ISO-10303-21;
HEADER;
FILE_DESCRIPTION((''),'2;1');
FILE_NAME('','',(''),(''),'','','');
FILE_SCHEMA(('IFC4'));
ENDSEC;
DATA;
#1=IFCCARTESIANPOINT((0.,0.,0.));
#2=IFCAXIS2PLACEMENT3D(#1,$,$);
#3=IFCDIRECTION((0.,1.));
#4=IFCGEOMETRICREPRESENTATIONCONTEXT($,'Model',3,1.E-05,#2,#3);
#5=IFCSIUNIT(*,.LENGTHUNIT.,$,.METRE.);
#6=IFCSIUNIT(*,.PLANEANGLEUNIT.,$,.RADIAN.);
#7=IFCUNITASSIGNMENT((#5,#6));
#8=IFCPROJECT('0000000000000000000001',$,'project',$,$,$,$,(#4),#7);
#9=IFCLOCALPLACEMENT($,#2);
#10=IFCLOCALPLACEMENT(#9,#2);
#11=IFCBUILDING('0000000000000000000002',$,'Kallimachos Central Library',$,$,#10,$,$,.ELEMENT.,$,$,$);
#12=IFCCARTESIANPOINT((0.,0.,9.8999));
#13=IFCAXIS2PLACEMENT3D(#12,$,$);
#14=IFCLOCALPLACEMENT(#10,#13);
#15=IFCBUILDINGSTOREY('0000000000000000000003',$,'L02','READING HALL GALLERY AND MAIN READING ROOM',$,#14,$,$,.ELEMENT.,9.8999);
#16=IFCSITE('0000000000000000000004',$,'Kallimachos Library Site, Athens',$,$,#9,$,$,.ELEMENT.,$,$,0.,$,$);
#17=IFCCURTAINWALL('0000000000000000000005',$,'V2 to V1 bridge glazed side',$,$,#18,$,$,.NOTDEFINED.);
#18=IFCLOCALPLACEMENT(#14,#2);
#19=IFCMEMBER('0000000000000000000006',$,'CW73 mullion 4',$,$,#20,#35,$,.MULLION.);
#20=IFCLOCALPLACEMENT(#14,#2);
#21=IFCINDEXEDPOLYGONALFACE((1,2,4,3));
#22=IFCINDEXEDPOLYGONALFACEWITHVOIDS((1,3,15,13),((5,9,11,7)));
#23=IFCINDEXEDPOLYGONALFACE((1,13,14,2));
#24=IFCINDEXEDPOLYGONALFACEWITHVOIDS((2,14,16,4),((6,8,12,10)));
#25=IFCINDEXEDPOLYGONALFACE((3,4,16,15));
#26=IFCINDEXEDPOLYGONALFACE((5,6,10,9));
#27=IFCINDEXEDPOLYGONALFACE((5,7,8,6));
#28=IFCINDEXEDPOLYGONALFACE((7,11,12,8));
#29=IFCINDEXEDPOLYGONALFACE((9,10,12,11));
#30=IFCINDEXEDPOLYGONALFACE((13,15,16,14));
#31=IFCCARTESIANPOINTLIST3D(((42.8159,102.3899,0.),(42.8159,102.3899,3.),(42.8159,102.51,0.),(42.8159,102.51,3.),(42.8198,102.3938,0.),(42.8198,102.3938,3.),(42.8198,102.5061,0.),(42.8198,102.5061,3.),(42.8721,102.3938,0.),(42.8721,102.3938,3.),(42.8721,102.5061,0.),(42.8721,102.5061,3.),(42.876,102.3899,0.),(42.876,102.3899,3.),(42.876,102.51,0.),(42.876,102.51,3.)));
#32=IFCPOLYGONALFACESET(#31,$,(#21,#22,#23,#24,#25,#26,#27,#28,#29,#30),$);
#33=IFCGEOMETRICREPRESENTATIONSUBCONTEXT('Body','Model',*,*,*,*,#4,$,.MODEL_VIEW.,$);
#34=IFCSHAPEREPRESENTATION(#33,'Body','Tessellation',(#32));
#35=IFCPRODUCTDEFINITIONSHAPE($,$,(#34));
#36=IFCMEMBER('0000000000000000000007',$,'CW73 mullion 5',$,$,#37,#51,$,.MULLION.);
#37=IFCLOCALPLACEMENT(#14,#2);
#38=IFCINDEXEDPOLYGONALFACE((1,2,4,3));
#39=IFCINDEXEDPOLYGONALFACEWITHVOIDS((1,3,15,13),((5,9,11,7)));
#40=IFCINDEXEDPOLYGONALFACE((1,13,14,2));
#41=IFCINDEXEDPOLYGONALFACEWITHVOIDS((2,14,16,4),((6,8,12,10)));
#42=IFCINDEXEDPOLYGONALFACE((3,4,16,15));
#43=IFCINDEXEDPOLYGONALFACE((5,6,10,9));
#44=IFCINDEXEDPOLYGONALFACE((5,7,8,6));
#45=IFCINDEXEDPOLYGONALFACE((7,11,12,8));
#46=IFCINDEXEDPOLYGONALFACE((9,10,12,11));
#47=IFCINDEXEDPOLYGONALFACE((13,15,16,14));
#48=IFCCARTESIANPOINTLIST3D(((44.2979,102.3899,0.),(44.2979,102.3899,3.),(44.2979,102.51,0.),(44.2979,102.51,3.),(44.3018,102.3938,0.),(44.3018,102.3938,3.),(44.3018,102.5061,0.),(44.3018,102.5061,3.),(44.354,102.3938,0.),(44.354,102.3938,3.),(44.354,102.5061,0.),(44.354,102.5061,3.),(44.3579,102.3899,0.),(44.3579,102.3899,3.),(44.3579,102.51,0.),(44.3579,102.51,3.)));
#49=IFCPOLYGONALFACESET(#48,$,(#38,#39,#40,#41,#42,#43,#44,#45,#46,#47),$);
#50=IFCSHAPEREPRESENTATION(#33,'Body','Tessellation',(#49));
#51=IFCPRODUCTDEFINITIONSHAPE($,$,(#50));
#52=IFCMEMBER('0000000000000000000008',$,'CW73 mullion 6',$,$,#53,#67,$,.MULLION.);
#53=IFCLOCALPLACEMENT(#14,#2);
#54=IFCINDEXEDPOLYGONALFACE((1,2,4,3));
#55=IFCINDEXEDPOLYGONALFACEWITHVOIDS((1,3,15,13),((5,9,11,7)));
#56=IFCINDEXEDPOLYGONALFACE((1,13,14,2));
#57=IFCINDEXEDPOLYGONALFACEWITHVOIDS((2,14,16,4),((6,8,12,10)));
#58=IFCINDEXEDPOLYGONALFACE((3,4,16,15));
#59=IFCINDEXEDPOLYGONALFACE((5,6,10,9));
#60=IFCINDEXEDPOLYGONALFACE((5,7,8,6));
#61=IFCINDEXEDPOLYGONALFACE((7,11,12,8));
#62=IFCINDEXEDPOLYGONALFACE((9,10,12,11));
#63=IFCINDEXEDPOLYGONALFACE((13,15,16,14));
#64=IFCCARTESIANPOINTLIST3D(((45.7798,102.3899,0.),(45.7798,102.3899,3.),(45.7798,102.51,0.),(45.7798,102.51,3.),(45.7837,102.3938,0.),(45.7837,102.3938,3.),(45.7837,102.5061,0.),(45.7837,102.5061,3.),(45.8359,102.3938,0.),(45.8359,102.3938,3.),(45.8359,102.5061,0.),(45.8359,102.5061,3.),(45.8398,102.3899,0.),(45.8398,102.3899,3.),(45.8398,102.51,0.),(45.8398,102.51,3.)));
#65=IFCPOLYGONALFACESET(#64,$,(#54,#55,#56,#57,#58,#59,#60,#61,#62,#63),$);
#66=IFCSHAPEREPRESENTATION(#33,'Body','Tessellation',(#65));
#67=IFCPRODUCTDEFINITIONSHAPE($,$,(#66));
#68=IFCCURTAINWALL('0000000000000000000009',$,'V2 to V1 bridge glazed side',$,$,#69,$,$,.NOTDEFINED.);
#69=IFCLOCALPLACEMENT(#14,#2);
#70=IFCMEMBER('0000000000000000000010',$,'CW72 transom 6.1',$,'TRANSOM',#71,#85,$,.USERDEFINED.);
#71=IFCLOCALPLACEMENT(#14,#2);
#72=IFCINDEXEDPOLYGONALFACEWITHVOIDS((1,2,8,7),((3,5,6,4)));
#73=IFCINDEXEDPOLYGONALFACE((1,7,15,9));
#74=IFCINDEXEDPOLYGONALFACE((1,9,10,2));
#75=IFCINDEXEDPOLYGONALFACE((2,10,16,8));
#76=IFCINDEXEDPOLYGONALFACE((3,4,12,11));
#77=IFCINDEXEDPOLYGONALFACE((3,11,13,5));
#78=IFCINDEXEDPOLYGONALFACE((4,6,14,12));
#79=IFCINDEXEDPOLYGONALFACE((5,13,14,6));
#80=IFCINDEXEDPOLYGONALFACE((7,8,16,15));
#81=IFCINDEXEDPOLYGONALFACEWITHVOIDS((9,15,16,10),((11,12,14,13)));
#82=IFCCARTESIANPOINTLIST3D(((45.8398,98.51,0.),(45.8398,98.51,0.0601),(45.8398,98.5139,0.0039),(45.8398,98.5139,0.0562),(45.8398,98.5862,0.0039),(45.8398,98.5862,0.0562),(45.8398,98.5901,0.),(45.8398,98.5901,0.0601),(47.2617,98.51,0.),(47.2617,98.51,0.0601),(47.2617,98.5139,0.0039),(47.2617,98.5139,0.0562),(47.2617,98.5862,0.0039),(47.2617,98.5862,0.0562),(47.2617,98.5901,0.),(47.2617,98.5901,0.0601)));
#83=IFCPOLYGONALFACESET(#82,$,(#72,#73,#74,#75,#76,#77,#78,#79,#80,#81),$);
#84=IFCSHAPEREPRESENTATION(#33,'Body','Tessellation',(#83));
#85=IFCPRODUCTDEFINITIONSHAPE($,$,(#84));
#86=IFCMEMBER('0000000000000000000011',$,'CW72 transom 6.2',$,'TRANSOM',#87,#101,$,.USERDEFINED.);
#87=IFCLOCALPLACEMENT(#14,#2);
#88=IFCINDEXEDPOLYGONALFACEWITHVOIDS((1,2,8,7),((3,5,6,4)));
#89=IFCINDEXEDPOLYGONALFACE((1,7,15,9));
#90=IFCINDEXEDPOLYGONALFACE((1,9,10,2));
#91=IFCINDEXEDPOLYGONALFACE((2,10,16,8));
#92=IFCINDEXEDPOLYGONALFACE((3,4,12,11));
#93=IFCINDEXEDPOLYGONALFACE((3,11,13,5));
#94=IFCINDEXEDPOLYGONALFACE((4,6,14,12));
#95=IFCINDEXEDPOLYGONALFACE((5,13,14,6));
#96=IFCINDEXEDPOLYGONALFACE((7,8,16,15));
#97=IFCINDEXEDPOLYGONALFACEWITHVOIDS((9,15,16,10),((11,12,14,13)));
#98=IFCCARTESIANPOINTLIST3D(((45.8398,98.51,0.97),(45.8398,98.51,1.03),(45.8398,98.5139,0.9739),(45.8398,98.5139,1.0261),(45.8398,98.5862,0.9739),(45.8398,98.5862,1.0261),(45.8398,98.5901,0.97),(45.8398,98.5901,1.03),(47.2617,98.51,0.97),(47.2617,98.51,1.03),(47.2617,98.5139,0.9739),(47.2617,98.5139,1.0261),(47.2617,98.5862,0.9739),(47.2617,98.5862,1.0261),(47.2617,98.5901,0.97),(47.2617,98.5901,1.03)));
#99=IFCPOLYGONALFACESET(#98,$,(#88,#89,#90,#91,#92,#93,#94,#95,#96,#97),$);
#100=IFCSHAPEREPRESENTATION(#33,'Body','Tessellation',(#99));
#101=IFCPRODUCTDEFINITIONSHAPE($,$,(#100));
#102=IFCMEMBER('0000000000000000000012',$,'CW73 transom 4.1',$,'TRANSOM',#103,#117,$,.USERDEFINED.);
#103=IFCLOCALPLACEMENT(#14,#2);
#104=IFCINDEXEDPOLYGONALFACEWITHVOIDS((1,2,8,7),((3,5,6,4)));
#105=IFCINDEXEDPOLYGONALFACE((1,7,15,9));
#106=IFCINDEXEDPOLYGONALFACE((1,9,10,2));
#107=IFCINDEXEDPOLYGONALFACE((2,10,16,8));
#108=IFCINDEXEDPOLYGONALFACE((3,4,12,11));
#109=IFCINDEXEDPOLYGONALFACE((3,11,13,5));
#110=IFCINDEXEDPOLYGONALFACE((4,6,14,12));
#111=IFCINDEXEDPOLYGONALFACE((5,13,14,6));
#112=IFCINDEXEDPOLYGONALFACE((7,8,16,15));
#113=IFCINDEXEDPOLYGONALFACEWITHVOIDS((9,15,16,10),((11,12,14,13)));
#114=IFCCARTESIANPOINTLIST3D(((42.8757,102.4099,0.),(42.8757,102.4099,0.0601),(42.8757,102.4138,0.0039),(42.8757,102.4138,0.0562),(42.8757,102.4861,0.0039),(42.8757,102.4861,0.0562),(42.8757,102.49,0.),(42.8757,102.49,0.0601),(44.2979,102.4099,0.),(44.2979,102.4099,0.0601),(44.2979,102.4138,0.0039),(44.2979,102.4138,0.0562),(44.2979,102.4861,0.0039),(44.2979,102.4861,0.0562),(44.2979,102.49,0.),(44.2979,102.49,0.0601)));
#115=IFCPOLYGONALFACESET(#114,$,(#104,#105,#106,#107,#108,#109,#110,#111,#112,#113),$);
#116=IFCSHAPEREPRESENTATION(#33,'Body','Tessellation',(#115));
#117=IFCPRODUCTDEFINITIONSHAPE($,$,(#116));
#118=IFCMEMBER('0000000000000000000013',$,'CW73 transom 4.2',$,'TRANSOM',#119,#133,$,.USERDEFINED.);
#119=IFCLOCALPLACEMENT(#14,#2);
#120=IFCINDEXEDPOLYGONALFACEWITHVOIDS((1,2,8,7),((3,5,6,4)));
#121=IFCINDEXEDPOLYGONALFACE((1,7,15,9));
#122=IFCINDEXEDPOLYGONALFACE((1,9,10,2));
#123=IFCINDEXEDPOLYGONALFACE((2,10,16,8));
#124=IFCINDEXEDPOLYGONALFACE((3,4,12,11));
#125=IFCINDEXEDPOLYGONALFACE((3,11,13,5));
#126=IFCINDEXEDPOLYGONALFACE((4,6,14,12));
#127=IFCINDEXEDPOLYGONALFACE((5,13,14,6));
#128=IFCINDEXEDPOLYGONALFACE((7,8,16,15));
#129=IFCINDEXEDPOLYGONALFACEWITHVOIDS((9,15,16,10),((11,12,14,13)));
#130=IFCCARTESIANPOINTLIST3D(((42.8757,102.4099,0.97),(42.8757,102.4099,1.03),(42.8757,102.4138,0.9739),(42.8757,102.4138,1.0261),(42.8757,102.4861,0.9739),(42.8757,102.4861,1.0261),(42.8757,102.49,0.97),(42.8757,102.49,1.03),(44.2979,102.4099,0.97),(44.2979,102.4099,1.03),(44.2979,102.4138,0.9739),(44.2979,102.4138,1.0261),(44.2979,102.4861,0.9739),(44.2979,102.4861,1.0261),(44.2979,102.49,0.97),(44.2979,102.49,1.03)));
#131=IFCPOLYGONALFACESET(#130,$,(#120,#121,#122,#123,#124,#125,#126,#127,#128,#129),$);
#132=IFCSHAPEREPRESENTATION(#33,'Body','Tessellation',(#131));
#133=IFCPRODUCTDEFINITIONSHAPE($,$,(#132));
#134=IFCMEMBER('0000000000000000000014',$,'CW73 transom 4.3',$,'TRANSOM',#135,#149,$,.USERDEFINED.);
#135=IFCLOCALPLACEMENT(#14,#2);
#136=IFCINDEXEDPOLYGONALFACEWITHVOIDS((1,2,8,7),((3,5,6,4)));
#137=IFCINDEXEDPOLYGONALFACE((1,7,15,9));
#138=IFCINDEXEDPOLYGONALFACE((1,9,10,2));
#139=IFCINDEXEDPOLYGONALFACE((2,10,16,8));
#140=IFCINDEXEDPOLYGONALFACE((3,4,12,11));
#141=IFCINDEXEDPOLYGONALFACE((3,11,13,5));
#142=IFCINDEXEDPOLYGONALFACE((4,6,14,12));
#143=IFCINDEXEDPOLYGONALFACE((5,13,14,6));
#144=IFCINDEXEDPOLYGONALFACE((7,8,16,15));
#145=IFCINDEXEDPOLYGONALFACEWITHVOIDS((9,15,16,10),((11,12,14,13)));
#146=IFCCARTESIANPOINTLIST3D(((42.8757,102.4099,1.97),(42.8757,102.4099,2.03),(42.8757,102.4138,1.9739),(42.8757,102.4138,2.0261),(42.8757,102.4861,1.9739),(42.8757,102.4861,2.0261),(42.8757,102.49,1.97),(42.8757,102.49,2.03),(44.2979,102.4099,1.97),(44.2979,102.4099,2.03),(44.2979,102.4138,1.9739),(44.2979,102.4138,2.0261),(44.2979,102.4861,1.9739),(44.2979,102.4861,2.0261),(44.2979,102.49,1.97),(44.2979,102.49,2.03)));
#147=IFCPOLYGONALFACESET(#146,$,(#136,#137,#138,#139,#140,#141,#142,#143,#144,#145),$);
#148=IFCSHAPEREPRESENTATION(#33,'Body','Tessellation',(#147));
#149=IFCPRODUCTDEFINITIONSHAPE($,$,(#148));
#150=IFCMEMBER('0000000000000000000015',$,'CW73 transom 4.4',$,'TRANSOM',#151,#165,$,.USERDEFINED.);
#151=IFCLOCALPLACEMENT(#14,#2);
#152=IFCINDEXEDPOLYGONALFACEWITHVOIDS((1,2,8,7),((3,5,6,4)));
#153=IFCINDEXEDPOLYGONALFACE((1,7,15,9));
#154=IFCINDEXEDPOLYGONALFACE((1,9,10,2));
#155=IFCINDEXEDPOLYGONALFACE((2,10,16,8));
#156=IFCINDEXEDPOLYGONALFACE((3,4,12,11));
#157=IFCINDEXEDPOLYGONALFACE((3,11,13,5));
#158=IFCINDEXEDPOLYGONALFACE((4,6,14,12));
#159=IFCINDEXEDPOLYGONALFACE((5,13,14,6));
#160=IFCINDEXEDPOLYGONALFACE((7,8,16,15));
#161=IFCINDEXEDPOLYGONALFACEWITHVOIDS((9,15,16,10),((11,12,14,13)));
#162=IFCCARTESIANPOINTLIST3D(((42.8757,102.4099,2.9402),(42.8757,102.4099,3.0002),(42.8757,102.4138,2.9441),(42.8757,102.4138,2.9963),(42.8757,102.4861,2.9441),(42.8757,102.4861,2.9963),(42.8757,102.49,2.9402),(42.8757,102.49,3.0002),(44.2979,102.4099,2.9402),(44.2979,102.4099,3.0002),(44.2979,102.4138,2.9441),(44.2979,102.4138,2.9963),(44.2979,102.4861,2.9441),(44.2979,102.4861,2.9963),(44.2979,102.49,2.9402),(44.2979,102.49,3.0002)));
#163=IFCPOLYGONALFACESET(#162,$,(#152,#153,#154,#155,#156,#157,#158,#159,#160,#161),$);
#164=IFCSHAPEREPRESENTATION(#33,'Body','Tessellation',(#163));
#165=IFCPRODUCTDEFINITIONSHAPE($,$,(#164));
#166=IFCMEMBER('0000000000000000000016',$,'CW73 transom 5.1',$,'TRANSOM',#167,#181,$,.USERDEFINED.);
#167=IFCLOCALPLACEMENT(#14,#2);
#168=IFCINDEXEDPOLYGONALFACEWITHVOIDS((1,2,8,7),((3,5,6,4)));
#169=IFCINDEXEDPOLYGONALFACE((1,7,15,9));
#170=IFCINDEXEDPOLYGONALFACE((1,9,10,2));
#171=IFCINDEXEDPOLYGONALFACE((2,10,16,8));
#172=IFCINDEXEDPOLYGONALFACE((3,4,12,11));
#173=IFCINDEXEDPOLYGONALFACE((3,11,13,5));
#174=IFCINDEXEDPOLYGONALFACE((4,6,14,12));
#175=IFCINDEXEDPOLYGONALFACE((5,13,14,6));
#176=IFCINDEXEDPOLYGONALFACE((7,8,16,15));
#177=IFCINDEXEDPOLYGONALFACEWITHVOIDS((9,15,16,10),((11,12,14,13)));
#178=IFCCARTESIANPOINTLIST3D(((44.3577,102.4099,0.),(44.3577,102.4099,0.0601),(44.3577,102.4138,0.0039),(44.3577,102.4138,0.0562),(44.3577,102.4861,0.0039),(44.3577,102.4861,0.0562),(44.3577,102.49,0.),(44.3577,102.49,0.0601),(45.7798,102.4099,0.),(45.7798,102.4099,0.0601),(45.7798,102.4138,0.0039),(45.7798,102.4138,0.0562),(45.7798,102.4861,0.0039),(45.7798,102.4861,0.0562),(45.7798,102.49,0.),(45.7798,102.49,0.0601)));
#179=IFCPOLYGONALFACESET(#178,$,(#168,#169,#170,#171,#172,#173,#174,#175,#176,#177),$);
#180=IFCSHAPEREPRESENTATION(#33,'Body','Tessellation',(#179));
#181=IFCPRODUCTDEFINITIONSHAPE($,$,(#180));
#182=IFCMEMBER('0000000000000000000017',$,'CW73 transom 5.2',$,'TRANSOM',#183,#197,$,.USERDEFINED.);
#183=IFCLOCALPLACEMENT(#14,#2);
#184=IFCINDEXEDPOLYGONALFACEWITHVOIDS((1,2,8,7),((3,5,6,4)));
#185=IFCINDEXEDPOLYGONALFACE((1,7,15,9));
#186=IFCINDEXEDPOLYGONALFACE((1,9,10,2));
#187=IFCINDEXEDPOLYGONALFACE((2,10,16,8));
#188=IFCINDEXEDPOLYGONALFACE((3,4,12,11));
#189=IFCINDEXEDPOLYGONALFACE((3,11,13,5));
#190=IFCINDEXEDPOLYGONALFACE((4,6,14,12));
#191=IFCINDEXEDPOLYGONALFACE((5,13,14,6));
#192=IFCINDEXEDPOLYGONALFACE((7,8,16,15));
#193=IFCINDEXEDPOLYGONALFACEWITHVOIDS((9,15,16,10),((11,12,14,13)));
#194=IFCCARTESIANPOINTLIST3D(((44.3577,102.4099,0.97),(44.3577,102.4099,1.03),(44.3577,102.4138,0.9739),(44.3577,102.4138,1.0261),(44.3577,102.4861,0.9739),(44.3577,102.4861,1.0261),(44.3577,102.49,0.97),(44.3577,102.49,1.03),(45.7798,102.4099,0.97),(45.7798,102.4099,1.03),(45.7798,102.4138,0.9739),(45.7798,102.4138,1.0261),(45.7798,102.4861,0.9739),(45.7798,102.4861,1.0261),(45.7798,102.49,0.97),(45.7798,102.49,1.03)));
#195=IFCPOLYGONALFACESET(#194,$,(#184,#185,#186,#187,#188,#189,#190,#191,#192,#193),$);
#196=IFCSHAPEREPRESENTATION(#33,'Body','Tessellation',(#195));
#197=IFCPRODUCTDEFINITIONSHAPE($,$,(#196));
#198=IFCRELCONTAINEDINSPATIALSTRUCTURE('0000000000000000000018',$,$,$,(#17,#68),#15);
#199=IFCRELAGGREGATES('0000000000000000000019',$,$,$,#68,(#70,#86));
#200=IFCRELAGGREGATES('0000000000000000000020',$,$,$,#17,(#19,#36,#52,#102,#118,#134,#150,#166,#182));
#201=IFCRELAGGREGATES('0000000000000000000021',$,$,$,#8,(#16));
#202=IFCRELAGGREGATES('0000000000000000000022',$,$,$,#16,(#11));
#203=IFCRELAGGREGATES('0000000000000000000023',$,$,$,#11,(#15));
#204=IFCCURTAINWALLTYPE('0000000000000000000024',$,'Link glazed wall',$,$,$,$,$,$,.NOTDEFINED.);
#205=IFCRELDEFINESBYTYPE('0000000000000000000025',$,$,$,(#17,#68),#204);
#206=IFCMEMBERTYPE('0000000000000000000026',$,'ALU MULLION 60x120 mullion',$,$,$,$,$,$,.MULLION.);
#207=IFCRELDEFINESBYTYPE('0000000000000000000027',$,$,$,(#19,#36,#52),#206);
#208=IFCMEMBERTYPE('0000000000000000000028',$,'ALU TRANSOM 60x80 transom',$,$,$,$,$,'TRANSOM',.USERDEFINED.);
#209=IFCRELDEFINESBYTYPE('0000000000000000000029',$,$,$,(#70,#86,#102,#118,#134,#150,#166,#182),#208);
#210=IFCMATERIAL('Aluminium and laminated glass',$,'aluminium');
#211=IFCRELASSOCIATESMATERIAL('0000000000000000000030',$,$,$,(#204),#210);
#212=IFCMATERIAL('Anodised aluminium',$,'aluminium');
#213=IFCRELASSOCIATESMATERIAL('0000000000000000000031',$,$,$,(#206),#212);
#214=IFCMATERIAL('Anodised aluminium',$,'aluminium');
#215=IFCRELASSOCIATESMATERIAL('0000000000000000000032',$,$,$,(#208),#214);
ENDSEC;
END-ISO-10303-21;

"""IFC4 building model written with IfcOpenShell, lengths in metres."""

from ifc_helpers import new_model, si_unit, direction, frame, origin, origin_2d, place, context, subcontext, project, spatial, hollow_rectangle, extrude, material, material_profile, profile_set, type_object, element, aggregate, save


model = new_model("IFC4")

# Units and contexts
model_context = context("Model", 3, precision=1e-05, world=origin(), true_north=direction((0.0, 1.0)))
body_context = subcontext(model_context, "Body", "Model", "MODEL_VIEW")
ifc_project = project(units=[si_unit("LENGTHUNIT", "METRE"), si_unit("PLANEANGLEUNIT", "RADIAN")], contexts=[model_context])

# Site, building, storey
site_placement = place(None, origin())
site = spatial("IfcSite", under=ifc_project, at=site_placement, Name="Kallimachos Library Site, Athens", CompositionType="ELEMENT", RefElevation=0.0)
building_placement = place(site_placement, origin())
building = spatial("IfcBuilding", under=site, at=building_placement, Name="Kallimachos Central Library", CompositionType="ELEMENT")
storey_placement = place(building_placement, frame((0.0, 0.0, 9.8999)))
storey = spatial("IfcBuildingStorey", under=building, at=storey_placement, Name="L02", Description="READING HALL GALLERY AND MAIN READING ROOM", CompositionType="ELEMENT", Elevation=9.8999)

# Curtain walls, members
ifc_material_1 = material(Name="Aluminium and laminated glass", Category="aluminium")
curtain_wall_type = type_object("IfcCurtainWallType", Name="Link glazed wall", PredefinedType="NOTDEFINED", material=ifc_material_1)
curtain_wall_1_placement = place(storey_placement, origin())
curtain_wall_1 = element("IfcCurtainWall", 1, at=curtain_wall_1_placement, inside=storey, type_object=curtain_wall_type, Name="V2 to V1 bridge glazed side", PredefinedType="NOTDEFINED")
ifc_material_2 = material(Name="Anodised aluminium", Category="aluminium")
ifc_material_profile_1 = material_profile(ifc_material_2, hollow_rectangle(XDim=0.0601, YDim=0.1201, WallThickness=0.0039, at=origin_2d()), Name="ALU MULLION 60x120")
ifc_profile_set_1 = profile_set([ifc_material_profile_1], Name="Anodised aluminium")
member_type_1 = type_object("IfcMemberType", Name="ALU MULLION 60x120 mullion", PredefinedType="MULLION", material=ifc_profile_set_1)
member_1_placement = place(storey_placement, frame((42.8459, 102.45, 0.0), z_axis=(0.0, 0.0, 1.0), x_axis=(1.0, 0.0, 0.0)))
member_1 = element("IfcMember", 2, at=member_1_placement, type_object=member_type_1, Name="CW73 mullion 4", PredefinedType="MULLION", context=body_context, shape_type="SweptSolid", body=[
    extrude(hollow_rectangle(XDim=0.0601, YDim=0.1201, WallThickness=0.0039, at=origin_2d()), origin(), (0.0, 0.0, 1.0), 3.0),
])
member_2_placement = place(storey_placement, frame((44.3279, 102.45, 0.0), z_axis=(0.0, 0.0, 1.0), x_axis=(1.0, 0.0, 0.0)))
member_2 = element("IfcMember", 3, at=member_2_placement, type_object=member_type_1, Name="CW73 mullion 5", PredefinedType="MULLION", context=body_context, shape_type="SweptSolid", body=[
    extrude(hollow_rectangle(XDim=0.0601, YDim=0.1201, WallThickness=0.0039, at=origin_2d()), origin(), (0.0, 0.0, 1.0), 3.0),
])
member_3_placement = place(storey_placement, frame((45.8098, 102.45, 0.0), z_axis=(0.0, 0.0, 1.0), x_axis=(1.0, 0.0, 0.0)))
member_3 = element("IfcMember", 4, at=member_3_placement, type_object=member_type_1, Name="CW73 mullion 6", PredefinedType="MULLION", context=body_context, shape_type="SweptSolid", body=[
    extrude(hollow_rectangle(XDim=0.0601, YDim=0.1201, WallThickness=0.0039, at=origin_2d()), origin(), (0.0, 0.0, 1.0), 3.0),
])
curtain_wall_2_placement = place(storey_placement, origin())
curtain_wall_2 = element("IfcCurtainWall", 5, at=curtain_wall_2_placement, inside=storey, type_object=curtain_wall_type, Name="V2 to V1 bridge glazed side", PredefinedType="NOTDEFINED")
ifc_material_3 = material(Name="Anodised aluminium", Category="aluminium")
ifc_material_profile_2 = material_profile(ifc_material_3, hollow_rectangle(XDim=0.0601, YDim=0.0801, WallThickness=0.0039, at=origin_2d()), Name="ALU TRANSOM 60x80")
ifc_profile_set_2 = profile_set([ifc_material_profile_2], Name="Anodised aluminium")
member_type_2 = type_object("IfcMemberType", Name="ALU TRANSOM 60x80 transom", ElementType="TRANSOM", PredefinedType="USERDEFINED", material=ifc_profile_set_2)
member_4_placement = place(storey_placement, frame((45.8398, 98.55, 0.03), z_axis=(1.0, 0.0, 0.0), x_axis=(0.0, 0.0, 1.0)))
member_4 = element("IfcMember", 6, at=member_4_placement, type_object=member_type_2, Name="CW72 transom 6.1", ObjectType="TRANSOM", PredefinedType="USERDEFINED", context=body_context, shape_type="SweptSolid", body=[
    extrude(hollow_rectangle(XDim=0.0601, YDim=0.0801, WallThickness=0.0039, at=origin_2d()), origin(), (0.0, 0.0, 1.0), 1.4219),
])
member_5_placement = place(storey_placement, frame((45.8398, 98.55, 1.0), z_axis=(1.0, 0.0, 0.0), x_axis=(0.0, 0.0, 1.0)))
member_5 = element("IfcMember", 7, at=member_5_placement, type_object=member_type_2, Name="CW72 transom 6.2", ObjectType="TRANSOM", PredefinedType="USERDEFINED", context=body_context, shape_type="SweptSolid", body=[
    extrude(hollow_rectangle(XDim=0.0601, YDim=0.0801, WallThickness=0.0039, at=origin_2d()), origin(), (0.0, 0.0, 1.0), 1.4219),
])
aggregate(curtain_wall_2, [member_4, member_5])

# Members
member_6_placement = place(storey_placement, frame((42.8757, 102.45, 0.03), z_axis=(1.0, 0.0, 0.0), x_axis=(0.0, 0.0, 1.0)))
member_6 = element("IfcMember", 8, at=member_6_placement, type_object=member_type_2, Name="CW73 transom 4.1", ObjectType="TRANSOM", PredefinedType="USERDEFINED", context=body_context, shape_type="SweptSolid", body=[
    extrude(hollow_rectangle(XDim=0.0601, YDim=0.0801, WallThickness=0.0039, at=origin_2d()), origin(), (0.0, 0.0, 1.0), 1.4221),
])
member_7_placement = place(storey_placement, frame((42.8757, 102.45, 1.0), z_axis=(1.0, 0.0, 0.0), x_axis=(0.0, 0.0, 1.0)))
member_7 = element("IfcMember", 9, at=member_7_placement, type_object=member_type_2, Name="CW73 transom 4.2", ObjectType="TRANSOM", PredefinedType="USERDEFINED", context=body_context, shape_type="SweptSolid", body=[
    extrude(hollow_rectangle(XDim=0.0601, YDim=0.0801, WallThickness=0.0039, at=origin_2d()), origin(), (0.0, 0.0, 1.0), 1.4221),
])
member_8_placement = place(storey_placement, frame((42.8757, 102.45, 2.0), z_axis=(1.0, 0.0, 0.0), x_axis=(0.0, 0.0, 1.0)))
member_8 = element("IfcMember", 10, at=member_8_placement, type_object=member_type_2, Name="CW73 transom 4.3", ObjectType="TRANSOM", PredefinedType="USERDEFINED", context=body_context, shape_type="SweptSolid", body=[
    extrude(hollow_rectangle(XDim=0.0601, YDim=0.0801, WallThickness=0.0039, at=origin_2d()), origin(), (0.0, 0.0, 1.0), 1.4221),
])
member_9_placement = place(storey_placement, frame((42.8757, 102.45, 2.9702), z_axis=(1.0, 0.0, 0.0), x_axis=(0.0, 0.0, 1.0)))
member_9 = element("IfcMember", 11, at=member_9_placement, type_object=member_type_2, Name="CW73 transom 4.4", ObjectType="TRANSOM", PredefinedType="USERDEFINED", context=body_context, shape_type="SweptSolid", body=[
    extrude(hollow_rectangle(XDim=0.0601, YDim=0.0801, WallThickness=0.0039, at=origin_2d()), origin(), (0.0, 0.0, 1.0), 1.4221),
])
member_10_placement = place(storey_placement, frame((44.3577, 102.45, 0.03), z_axis=(1.0, 0.0, 0.0), x_axis=(0.0, 0.0, 1.0)))
member_10 = element("IfcMember", 12, at=member_10_placement, type_object=member_type_2, Name="CW73 transom 5.1", ObjectType="TRANSOM", PredefinedType="USERDEFINED", context=body_context, shape_type="SweptSolid", body=[
    extrude(hollow_rectangle(XDim=0.0601, YDim=0.0801, WallThickness=0.0039, at=origin_2d()), origin(), (0.0, 0.0, 1.0), 1.4221),
])
member_11_placement = place(storey_placement, frame((44.3577, 102.45, 1.0), z_axis=(1.0, 0.0, 0.0), x_axis=(0.0, 0.0, 1.0)))
member_11 = element("IfcMember", 13, at=member_11_placement, type_object=member_type_2, Name="CW73 transom 5.2", ObjectType="TRANSOM", PredefinedType="USERDEFINED", context=body_context, shape_type="SweptSolid", body=[
    extrude(hollow_rectangle(XDim=0.0601, YDim=0.0801, WallThickness=0.0039, at=origin_2d()), origin(), (0.0, 0.0, 1.0), 1.4221),
])

aggregate(curtain_wall_1, [member_1, member_2, member_3, member_6, member_7, member_8, member_9, member_10, member_11])

save(model, "model.ifc")
